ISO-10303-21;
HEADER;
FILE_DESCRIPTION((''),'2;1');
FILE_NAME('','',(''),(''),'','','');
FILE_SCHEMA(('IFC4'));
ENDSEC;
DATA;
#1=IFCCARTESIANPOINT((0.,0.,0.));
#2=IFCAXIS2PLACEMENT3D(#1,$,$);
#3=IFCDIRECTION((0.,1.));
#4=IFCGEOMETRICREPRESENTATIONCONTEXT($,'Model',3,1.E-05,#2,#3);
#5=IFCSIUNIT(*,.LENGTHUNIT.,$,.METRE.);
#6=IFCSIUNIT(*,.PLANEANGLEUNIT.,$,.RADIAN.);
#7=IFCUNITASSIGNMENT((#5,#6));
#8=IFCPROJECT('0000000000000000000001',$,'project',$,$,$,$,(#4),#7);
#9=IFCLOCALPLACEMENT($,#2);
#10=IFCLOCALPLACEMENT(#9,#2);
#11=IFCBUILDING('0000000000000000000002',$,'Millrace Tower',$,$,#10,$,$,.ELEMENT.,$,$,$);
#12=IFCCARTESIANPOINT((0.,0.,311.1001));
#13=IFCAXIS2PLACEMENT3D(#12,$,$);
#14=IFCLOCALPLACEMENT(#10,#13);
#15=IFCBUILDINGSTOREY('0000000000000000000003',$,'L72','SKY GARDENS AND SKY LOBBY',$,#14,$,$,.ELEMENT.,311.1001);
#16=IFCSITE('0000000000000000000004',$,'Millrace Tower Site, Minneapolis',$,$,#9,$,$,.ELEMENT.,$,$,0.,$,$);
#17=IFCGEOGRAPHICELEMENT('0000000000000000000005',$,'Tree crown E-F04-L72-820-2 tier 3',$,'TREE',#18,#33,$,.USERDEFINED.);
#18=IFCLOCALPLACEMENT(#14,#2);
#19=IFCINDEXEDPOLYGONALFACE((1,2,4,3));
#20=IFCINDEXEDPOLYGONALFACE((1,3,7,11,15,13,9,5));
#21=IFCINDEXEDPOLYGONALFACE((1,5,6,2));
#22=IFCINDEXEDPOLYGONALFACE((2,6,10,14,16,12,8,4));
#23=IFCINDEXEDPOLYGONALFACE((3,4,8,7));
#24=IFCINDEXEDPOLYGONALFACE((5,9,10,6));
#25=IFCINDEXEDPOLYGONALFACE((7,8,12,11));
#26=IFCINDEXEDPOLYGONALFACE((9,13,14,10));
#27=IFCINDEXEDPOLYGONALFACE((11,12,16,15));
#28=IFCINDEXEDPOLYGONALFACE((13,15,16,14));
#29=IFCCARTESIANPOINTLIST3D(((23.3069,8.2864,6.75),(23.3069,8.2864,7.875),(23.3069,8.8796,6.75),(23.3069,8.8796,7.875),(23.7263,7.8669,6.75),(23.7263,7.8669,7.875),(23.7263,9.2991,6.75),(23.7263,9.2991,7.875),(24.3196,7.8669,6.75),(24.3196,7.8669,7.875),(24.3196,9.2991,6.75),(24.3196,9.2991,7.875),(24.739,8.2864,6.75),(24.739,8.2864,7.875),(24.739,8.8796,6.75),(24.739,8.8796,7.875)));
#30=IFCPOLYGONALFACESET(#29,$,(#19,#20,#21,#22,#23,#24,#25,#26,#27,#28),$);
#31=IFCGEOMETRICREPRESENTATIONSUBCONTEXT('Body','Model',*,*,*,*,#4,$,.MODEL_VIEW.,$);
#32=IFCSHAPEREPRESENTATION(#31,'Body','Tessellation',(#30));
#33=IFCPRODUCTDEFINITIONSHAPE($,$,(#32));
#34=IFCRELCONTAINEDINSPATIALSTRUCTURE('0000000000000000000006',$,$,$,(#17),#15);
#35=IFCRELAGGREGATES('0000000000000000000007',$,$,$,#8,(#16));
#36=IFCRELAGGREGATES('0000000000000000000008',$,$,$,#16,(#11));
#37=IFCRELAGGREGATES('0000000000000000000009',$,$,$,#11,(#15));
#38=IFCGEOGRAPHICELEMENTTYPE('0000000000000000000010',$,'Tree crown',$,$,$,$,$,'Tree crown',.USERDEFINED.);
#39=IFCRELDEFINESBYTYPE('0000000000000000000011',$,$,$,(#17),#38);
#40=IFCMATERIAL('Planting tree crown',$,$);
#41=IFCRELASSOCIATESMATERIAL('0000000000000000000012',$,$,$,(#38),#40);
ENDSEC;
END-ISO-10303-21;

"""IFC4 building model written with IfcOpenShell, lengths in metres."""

from ifc_helpers import new_model, si_unit, direction, frame, origin, place, context, subcontext, project, spatial, polyline, outline, extrude, material, type_object, element, save


model = new_model("IFC4")

# Units and contexts
model_context = context("Model", 3, precision=1e-05, world=origin(), true_north=direction((0.0, 1.0)))
body_context = subcontext(model_context, "Body", "Model", "MODEL_VIEW")
ifc_project = project(units=[si_unit("LENGTHUNIT", "METRE"), si_unit("PLANEANGLEUNIT", "RADIAN")], contexts=[model_context])

# Site, building, storey
site_placement = place(None, origin())
site = spatial("IfcSite", under=ifc_project, at=site_placement, Name="Millrace Tower Site, Minneapolis", CompositionType="ELEMENT", RefElevation=0.0)
building_placement = place(site_placement, origin())
building = spatial("IfcBuilding", under=site, at=building_placement, Name="Millrace Tower", CompositionType="ELEMENT")
storey_placement = place(building_placement, frame((0.0, 0.0, 311.1001)))
storey = spatial("IfcBuildingStorey", under=building, at=storey_placement, Name="L72", Description="SKY GARDENS AND SKY LOBBY", CompositionType="ELEMENT", Elevation=311.1001)

# Geographic element
ifc_material_1 = material(Name="Planting tree crown")
geographic_element_type = type_object("IfcGeographicElementType", Name="Tree crown", ElementType="Tree crown", PredefinedType="USERDEFINED", material=ifc_material_1)
placement_1 = place(storey_placement, frame((0.0, 0.0, 6.75)))
element("IfcGeographicElement", 1, at=placement_1, inside=storey, type_object=geographic_element_type, Name="Tree crown E-F04-L72-820-2 tier 3", ObjectType="TREE", PredefinedType="USERDEFINED", context=body_context, shape_type="SweptSolid", body=[
    extrude(outline(polyline([(24.739, 8.8796), (24.3196, 9.2991), (23.7263, 9.2991), (23.3069, 8.8796), (23.3069, 8.2864), (23.7263, 7.8669), (24.3196, 7.8669), (24.739, 8.2864), (24.739, 8.8796)])), origin(), (0.0, 0.0, 1.0), 1.125),
])

save(model, "model.ifc")
